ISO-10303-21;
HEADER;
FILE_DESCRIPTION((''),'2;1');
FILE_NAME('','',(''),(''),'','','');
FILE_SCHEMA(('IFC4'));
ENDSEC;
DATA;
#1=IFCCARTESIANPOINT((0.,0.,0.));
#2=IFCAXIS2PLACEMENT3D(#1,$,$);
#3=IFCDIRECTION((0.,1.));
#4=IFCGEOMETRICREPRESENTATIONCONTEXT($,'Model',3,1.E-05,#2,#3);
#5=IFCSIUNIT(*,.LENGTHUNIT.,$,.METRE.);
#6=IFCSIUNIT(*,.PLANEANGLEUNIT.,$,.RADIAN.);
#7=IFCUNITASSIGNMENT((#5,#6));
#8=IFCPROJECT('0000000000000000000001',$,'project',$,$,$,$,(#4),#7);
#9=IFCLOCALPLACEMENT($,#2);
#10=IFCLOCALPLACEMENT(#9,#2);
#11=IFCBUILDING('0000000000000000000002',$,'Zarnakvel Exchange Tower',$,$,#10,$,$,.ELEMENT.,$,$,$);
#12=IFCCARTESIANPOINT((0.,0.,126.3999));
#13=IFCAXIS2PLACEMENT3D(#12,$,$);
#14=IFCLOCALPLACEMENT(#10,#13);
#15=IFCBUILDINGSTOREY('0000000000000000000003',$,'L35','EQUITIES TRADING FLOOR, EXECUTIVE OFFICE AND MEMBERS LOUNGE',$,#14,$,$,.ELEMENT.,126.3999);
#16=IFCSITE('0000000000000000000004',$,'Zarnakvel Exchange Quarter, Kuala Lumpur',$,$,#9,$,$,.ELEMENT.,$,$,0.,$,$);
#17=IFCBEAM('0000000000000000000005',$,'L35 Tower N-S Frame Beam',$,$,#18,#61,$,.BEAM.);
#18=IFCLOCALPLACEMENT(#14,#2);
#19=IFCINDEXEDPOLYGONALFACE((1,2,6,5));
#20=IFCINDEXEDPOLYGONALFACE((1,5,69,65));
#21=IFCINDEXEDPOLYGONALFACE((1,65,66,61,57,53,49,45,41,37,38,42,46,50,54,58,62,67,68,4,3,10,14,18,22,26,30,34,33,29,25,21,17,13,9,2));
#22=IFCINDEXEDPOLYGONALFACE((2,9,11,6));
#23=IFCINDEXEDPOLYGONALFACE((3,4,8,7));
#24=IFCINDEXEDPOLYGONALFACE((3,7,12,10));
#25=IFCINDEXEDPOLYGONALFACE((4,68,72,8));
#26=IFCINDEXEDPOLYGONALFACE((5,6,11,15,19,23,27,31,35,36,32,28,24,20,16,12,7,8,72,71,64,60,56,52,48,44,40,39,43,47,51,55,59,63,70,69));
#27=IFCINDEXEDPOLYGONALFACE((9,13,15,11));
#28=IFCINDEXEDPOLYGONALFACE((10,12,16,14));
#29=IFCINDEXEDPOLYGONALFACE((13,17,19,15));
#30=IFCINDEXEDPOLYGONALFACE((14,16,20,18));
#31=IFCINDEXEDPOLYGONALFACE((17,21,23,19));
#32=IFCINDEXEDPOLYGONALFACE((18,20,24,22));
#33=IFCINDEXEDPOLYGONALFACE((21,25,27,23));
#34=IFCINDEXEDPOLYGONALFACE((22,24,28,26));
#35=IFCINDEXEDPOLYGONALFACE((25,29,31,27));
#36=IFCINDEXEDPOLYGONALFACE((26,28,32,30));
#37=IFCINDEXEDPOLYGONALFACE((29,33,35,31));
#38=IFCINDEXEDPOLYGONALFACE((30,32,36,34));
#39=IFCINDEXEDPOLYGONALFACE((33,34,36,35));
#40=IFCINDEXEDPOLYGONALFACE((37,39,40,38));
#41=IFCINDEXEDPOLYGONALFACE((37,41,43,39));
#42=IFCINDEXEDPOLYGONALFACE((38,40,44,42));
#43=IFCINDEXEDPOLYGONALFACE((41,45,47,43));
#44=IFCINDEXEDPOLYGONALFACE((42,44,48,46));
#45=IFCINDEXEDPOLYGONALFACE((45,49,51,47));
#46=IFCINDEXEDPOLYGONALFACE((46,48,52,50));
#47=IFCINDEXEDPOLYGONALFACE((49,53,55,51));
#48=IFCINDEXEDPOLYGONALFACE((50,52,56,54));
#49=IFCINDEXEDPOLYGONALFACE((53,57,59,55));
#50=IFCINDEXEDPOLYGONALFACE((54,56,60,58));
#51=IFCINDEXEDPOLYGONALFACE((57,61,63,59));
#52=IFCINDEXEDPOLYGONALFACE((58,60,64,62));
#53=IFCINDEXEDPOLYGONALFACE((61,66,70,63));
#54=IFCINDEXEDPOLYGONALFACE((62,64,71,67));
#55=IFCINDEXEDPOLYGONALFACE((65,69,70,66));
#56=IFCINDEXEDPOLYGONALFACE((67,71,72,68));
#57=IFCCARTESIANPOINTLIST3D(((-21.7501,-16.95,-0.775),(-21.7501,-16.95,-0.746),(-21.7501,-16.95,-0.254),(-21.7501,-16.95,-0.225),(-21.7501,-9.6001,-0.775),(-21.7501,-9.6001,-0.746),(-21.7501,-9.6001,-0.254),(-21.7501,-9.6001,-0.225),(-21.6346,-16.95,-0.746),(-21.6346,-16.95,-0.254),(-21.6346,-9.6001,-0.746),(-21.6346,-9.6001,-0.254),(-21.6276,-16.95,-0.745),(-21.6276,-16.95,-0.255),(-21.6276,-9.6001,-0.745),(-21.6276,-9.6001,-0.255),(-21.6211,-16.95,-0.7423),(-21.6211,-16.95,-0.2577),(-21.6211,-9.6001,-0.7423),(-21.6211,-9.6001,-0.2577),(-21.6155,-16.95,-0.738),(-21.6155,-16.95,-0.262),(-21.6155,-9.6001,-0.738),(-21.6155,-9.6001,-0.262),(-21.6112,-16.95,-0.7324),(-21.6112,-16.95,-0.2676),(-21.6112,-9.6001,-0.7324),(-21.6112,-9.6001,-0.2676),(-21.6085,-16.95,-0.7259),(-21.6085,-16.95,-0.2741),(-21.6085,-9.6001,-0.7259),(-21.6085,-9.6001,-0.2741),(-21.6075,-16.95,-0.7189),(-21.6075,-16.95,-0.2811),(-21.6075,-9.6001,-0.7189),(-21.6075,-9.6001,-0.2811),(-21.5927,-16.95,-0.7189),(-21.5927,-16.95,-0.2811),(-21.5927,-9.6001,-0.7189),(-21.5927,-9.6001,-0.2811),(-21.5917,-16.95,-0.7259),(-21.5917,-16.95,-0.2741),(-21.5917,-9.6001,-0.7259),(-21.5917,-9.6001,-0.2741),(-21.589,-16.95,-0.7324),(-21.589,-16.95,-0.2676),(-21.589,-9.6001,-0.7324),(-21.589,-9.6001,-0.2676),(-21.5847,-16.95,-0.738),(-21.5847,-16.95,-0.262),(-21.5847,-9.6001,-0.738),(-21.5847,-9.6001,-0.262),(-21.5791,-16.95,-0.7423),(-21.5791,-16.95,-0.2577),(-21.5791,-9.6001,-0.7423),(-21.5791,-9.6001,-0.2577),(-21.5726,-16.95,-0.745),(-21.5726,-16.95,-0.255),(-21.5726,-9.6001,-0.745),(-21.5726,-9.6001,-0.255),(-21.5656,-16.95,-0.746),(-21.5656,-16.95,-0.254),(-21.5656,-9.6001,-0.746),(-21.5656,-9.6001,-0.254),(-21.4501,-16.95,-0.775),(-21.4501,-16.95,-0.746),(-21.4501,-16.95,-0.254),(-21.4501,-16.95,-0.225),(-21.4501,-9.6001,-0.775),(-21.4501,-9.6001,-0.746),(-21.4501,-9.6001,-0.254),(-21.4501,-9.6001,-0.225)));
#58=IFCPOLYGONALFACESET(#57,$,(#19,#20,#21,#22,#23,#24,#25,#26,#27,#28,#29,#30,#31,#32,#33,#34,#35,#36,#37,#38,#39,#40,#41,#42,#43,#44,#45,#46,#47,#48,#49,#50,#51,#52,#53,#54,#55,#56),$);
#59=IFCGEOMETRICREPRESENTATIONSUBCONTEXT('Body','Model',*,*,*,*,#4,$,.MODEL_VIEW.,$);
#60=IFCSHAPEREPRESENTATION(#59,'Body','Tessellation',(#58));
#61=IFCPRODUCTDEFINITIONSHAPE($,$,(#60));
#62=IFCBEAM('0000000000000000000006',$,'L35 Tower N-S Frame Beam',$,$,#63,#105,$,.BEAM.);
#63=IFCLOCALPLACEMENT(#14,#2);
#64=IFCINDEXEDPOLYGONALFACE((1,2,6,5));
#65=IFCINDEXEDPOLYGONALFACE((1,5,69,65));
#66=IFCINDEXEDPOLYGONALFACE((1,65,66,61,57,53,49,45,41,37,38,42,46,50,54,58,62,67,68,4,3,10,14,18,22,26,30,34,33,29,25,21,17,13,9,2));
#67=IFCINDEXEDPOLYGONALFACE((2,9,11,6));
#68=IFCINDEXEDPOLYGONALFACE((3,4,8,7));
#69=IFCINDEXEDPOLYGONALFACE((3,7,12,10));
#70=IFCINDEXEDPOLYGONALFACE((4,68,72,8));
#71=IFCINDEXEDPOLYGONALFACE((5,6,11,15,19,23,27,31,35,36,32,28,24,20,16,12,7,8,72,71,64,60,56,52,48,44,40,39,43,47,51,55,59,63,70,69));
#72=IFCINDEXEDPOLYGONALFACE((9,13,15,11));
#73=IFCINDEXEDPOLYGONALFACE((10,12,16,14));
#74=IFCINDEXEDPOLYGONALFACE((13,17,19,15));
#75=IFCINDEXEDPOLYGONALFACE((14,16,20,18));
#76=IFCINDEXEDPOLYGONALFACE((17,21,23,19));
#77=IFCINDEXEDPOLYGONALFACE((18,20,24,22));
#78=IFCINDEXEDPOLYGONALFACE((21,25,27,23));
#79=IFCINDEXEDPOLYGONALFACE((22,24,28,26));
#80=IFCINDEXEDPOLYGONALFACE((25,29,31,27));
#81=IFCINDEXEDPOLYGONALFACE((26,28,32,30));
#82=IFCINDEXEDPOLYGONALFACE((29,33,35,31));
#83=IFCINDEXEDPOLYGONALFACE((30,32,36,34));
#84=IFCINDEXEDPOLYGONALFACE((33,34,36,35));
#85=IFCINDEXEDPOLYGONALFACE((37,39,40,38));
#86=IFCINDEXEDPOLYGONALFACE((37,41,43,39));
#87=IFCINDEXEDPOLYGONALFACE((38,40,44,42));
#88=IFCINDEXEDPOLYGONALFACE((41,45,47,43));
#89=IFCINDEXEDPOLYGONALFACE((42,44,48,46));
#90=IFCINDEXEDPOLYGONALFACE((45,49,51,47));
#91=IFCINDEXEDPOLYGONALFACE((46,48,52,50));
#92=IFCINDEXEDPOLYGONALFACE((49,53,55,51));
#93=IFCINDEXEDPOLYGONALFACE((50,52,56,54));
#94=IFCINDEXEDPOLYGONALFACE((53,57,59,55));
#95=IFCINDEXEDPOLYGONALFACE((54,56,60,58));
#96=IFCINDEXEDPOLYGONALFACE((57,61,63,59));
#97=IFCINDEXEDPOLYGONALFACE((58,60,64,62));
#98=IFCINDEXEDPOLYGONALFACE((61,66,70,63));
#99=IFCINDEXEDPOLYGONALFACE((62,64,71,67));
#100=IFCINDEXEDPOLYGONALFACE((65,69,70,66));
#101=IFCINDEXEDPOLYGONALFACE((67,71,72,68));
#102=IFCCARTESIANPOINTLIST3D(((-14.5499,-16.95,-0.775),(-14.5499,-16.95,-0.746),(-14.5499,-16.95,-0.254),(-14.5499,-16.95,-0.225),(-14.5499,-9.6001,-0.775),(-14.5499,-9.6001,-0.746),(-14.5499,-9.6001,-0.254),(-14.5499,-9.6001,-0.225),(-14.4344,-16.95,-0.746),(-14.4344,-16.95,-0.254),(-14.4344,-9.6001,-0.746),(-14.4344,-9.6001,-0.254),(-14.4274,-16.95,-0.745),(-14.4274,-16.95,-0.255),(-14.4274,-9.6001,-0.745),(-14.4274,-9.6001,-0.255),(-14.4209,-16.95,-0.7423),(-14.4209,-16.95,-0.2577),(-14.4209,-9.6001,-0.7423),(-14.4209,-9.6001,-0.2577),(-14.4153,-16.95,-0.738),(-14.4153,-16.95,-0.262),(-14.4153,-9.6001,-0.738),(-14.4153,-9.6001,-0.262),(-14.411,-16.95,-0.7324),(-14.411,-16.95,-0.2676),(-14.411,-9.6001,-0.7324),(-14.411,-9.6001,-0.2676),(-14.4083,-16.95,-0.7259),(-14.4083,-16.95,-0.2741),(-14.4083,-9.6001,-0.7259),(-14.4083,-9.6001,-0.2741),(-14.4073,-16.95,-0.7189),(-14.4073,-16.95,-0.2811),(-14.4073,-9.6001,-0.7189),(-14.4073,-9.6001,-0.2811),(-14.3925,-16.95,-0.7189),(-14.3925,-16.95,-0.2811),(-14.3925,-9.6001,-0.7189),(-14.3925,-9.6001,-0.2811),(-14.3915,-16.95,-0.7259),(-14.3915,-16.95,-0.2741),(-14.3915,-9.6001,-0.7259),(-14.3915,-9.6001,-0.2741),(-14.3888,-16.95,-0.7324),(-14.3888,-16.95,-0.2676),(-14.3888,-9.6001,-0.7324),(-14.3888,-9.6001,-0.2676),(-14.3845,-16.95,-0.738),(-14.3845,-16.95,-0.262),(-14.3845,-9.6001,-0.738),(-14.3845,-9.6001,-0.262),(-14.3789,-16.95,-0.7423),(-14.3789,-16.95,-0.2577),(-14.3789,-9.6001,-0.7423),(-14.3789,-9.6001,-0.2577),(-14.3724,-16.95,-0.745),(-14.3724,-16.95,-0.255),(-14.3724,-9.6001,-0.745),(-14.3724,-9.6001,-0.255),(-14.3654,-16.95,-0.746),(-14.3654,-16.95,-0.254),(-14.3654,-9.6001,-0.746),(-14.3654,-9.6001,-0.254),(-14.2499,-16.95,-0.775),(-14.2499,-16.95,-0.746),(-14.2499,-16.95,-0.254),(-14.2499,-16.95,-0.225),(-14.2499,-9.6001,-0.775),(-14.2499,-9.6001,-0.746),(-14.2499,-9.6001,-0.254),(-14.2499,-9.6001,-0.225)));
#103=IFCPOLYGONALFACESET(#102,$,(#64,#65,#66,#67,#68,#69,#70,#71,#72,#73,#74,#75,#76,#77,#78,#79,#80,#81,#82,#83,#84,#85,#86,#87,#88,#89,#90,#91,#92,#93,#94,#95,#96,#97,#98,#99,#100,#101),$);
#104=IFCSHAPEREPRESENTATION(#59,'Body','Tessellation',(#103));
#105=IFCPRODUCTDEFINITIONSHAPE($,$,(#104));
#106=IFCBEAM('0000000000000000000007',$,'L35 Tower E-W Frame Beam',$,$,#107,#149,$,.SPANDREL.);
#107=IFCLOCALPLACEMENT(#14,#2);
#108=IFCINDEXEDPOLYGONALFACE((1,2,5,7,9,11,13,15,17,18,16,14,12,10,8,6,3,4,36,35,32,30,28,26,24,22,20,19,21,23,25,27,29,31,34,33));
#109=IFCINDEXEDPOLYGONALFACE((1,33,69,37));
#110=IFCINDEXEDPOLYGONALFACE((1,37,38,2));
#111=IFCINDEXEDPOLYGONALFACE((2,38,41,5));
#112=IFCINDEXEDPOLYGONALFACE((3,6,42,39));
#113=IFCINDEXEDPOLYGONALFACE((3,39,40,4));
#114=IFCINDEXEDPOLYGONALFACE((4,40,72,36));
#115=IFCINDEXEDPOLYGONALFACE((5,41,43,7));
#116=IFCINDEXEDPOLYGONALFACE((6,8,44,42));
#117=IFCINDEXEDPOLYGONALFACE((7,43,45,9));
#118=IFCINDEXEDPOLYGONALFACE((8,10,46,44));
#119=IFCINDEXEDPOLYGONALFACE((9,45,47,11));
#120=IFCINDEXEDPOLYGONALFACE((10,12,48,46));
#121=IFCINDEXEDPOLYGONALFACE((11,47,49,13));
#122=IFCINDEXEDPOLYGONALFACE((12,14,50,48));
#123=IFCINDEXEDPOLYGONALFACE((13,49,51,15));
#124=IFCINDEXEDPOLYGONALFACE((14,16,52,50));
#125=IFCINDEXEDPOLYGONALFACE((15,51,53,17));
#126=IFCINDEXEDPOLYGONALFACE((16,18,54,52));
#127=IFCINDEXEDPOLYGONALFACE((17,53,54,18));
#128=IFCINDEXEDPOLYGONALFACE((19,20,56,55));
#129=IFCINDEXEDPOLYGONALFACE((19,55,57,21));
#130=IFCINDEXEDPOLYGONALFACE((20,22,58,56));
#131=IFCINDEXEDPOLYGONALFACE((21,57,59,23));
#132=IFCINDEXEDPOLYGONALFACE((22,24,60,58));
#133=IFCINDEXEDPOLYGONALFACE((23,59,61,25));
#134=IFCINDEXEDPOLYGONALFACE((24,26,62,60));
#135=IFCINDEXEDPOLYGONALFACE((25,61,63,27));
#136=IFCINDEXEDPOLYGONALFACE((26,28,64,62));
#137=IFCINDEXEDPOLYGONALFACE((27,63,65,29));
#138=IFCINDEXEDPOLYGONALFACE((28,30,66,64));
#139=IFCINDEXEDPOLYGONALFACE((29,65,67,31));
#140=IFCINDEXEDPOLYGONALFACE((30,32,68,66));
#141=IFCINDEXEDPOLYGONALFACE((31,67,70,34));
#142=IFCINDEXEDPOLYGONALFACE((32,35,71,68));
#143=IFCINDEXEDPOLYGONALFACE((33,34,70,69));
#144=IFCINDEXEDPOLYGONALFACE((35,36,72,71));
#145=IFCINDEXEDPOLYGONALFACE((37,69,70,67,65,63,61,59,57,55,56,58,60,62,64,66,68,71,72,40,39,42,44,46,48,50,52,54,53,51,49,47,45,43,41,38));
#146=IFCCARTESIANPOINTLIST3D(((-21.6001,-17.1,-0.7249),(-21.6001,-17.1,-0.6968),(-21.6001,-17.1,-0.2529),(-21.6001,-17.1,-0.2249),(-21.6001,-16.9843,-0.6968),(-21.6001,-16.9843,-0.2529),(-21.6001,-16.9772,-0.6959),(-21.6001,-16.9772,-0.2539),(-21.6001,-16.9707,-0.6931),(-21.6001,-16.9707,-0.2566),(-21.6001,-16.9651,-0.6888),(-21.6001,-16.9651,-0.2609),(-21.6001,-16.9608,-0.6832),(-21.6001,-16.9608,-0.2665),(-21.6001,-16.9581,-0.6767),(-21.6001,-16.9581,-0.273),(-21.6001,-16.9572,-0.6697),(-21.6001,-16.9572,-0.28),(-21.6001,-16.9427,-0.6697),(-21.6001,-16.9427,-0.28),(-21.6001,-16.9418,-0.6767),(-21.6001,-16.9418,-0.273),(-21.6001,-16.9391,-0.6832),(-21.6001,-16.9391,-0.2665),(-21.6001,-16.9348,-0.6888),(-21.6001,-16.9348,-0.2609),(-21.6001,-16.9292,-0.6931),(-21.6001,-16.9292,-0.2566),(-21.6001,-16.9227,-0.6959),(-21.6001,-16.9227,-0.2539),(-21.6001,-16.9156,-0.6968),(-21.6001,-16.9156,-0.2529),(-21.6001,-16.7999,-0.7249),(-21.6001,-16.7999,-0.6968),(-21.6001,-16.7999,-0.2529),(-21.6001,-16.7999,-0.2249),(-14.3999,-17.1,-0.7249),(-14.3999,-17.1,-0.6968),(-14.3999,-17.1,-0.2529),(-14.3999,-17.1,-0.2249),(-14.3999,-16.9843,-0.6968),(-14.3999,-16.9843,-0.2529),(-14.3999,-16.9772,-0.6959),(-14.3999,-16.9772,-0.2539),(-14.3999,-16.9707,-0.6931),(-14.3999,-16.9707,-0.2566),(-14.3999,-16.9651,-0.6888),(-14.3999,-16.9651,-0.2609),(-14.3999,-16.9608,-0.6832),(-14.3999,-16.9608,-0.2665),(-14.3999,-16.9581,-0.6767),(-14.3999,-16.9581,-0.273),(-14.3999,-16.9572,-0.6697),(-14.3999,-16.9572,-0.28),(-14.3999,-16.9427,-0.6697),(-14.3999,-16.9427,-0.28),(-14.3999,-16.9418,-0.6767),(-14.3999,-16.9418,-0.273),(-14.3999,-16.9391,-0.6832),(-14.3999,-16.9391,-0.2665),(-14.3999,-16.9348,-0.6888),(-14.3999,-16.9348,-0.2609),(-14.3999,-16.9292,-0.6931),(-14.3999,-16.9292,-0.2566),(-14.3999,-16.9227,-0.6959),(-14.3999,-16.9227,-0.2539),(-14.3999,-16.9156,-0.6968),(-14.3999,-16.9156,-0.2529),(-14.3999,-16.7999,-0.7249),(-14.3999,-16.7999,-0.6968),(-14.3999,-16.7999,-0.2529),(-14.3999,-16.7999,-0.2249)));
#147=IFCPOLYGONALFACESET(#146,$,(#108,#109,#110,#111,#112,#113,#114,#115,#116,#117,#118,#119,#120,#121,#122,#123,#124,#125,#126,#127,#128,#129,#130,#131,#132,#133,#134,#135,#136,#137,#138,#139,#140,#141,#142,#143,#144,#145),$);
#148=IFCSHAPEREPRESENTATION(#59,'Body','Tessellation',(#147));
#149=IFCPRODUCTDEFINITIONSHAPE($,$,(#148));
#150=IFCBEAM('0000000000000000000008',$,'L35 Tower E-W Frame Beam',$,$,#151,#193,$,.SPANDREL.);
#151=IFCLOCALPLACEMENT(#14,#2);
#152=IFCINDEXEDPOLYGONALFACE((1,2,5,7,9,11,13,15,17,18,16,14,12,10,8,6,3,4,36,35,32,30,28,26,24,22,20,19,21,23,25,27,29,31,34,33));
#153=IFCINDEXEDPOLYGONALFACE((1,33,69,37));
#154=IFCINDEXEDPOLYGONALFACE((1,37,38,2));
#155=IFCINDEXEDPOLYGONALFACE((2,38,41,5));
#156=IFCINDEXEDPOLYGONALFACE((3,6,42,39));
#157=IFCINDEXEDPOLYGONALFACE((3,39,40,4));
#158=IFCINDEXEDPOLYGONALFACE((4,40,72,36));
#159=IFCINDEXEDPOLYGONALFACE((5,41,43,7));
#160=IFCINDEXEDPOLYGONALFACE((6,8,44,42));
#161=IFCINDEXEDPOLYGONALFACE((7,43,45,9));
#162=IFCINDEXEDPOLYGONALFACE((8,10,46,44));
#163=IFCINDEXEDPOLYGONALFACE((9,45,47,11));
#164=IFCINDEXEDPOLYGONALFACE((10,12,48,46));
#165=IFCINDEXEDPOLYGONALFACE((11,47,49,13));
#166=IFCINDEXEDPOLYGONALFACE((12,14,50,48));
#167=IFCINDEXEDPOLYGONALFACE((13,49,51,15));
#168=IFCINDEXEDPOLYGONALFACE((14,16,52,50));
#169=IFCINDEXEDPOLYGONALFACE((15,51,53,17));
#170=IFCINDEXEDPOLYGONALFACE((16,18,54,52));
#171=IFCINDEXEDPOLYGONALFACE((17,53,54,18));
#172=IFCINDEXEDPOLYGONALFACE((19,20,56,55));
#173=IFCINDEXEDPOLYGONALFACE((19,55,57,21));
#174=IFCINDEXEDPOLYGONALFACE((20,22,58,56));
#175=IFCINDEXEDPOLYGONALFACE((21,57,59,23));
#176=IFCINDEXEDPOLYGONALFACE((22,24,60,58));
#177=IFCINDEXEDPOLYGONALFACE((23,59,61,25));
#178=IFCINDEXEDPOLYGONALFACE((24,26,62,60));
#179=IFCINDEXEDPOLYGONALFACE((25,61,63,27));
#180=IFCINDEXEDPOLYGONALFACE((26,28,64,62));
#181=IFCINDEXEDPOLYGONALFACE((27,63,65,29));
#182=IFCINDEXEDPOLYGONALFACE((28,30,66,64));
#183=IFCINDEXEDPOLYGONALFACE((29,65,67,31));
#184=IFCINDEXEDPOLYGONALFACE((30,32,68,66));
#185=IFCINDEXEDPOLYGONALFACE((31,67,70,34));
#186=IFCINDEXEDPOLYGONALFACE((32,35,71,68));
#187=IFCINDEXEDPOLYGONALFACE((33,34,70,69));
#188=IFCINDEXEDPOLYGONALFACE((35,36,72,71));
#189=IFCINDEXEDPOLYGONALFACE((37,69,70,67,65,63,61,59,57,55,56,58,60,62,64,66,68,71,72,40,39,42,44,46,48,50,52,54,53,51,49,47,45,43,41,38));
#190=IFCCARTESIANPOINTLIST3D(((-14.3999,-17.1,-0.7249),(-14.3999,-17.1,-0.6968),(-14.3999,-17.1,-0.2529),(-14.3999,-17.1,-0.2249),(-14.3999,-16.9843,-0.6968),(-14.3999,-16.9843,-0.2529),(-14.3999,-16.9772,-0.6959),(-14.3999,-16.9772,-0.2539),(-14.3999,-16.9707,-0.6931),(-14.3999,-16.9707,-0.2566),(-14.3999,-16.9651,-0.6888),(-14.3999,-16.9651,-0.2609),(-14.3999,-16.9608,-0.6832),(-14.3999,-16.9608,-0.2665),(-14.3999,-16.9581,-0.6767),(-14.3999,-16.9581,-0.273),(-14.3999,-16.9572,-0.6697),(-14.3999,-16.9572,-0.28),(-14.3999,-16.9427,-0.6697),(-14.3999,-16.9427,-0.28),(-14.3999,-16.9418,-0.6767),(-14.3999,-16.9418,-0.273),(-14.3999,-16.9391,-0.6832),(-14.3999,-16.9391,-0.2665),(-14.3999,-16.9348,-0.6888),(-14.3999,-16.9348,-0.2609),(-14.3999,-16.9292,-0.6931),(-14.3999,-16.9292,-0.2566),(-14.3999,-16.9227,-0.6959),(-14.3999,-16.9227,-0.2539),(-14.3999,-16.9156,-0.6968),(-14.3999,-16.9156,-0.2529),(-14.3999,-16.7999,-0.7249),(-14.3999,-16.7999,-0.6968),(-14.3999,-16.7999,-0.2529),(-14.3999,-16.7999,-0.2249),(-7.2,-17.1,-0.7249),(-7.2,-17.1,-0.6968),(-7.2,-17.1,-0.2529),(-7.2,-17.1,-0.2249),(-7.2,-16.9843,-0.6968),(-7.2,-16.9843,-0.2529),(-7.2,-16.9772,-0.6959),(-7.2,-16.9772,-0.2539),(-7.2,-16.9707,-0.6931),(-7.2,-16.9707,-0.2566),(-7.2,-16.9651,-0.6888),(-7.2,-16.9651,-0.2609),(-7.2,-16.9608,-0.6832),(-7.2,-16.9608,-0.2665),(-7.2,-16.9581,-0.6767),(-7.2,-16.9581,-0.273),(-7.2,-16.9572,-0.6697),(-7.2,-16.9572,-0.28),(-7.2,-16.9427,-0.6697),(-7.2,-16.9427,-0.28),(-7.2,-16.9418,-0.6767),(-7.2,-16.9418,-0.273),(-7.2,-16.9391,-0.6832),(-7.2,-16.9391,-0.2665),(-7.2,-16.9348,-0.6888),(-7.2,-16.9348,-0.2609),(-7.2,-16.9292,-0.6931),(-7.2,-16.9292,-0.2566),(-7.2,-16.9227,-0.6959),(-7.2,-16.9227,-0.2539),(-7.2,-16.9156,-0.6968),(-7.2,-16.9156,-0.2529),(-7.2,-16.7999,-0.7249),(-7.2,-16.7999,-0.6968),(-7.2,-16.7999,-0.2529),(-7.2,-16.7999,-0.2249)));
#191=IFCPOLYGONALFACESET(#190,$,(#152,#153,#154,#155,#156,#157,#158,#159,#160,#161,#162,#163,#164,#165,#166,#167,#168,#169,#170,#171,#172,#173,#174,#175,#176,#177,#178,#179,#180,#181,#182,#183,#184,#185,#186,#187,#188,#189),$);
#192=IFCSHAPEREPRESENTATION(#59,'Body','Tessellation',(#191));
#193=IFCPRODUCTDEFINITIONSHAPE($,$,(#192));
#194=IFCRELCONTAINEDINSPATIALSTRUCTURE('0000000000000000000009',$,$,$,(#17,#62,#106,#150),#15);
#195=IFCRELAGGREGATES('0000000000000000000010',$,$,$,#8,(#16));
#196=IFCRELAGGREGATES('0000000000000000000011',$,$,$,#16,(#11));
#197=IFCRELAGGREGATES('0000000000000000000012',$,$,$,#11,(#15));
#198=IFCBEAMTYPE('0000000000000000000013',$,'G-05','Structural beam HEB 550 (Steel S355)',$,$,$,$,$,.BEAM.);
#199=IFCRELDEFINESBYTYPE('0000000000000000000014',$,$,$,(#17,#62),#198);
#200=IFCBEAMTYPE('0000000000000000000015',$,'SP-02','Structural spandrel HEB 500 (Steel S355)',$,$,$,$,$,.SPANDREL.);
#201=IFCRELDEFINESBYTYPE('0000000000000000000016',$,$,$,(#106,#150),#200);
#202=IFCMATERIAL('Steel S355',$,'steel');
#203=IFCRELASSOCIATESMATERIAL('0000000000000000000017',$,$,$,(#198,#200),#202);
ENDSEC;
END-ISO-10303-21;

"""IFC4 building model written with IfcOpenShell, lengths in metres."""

from ifc_helpers import new_model, si_unit, direction, frame, origin, origin_2d, place, context, subcontext, project, spatial, i_section, extrude, material, material_profile, profile_set, type_object, element, save


model = new_model("IFC4")

# Units and contexts
model_context = context("Model", 3, precision=1e-05, world=origin(), true_north=direction((0.0, 1.0)))
body_context = subcontext(model_context, "Body", "Model", "MODEL_VIEW")
ifc_project = project(units=[si_unit("LENGTHUNIT", "METRE"), si_unit("PLANEANGLEUNIT", "RADIAN")], contexts=[model_context])

# Site, building, storey
site_placement = place(None, origin())
site = spatial("IfcSite", under=ifc_project, at=site_placement, Name="Zarnakvel Exchange Quarter, Kuala Lumpur", CompositionType="ELEMENT", RefElevation=0.0)
building_placement = place(site_placement, origin())
building = spatial("IfcBuilding", under=site, at=building_placement, Name="Zarnakvel Exchange Tower", CompositionType="ELEMENT")
storey_placement = place(building_placement, frame((0.0, 0.0, 126.3999)))
storey = spatial("IfcBuildingStorey", under=building, at=storey_placement, Name="L35", Description="EQUITIES TRADING FLOOR, EXECUTIVE OFFICE AND MEMBERS LOUNGE", CompositionType="ELEMENT", Elevation=126.3999)

# Shared definitions
ifc_material_1 = material(Name="Steel S355", Category="steel")

# Beams
ifc_material_profile_1 = material_profile(ifc_material_1, i_section(OverallWidth=0.3, OverallDepth=0.55, WebThickness=0.0149, FlangeThickness=0.0291, FilletRadius=0.0271, at=origin_2d()))
ifc_profile_set_1 = profile_set([ifc_material_profile_1], Name="Steel S355")
beam_type_1 = type_object("IfcBeamType", Name="G-05", Description="Structural beam HEB 550 (Steel S355)", PredefinedType="BEAM", material=ifc_profile_set_1)
for number, where, z_axis, x_axis, name in (
    (1, (-21.6001, -16.95, -0.5), (0.0, 1.0, 0.0), (-1.0, 0.0, 0.0), "L35 Tower N-S Frame Beam"),
    (2, (-14.3999, -16.95, -0.5), (0.0, 1.0, 0.0), (-1.0, 0.0, 0.0), "L35 Tower N-S Frame Beam"),
):
    element("IfcBeam", number, at=place(storey_placement, frame(where, z_axis=z_axis, x_axis=x_axis)), inside=storey, type_object=beam_type_1, Name=name, PredefinedType="BEAM", context=body_context, shape_type="SweptSolid", body=[
        extrude(i_section(OverallWidth=0.3, OverallDepth=0.55, WebThickness=0.0149, FlangeThickness=0.0291, FilletRadius=0.0271, at=origin_2d()), origin(), (0.0, 0.0, 1.0), 7.3499),
    ])
ifc_material_profile_2 = material_profile(ifc_material_1, i_section(OverallWidth=0.3, OverallDepth=0.5, WebThickness=0.0144, FlangeThickness=0.0281, FilletRadius=0.0271, at=origin_2d()))
ifc_profile_set_2 = profile_set([ifc_material_profile_2], Name="Steel S355")
beam_type_2 = type_object("IfcBeamType", Name="SP-02", Description="Structural spandrel HEB 500 (Steel S355)", PredefinedType="SPANDREL", material=ifc_profile_set_2)
beam_1_placement = place(storey_placement, frame((-21.6001, -16.95, -0.4749), z_axis=(1.0, 0.0, 0.0), x_axis=(0.0, 1.0, 0.0)))
element("IfcBeam", 3, at=beam_1_placement, inside=storey, type_object=beam_type_2, Name="L35 Tower E-W Frame Beam", PredefinedType="SPANDREL", context=body_context, shape_type="SweptSolid", body=[
    extrude(i_section(OverallWidth=0.3, OverallDepth=0.5, WebThickness=0.0144, FlangeThickness=0.0281, FilletRadius=0.0271, at=origin_2d()), origin(), (0.0, 0.0, 1.0), 7.2002),
])
beam_2_placement = place(storey_placement, frame((-14.3999, -16.95, -0.4749), z_axis=(1.0, 0.0, 0.0), x_axis=(0.0, 1.0, 0.0)))
element("IfcBeam", 4, at=beam_2_placement, inside=storey, type_object=beam_type_2, Name="L35 Tower E-W Frame Beam", PredefinedType="SPANDREL", context=body_context, shape_type="SweptSolid", body=[
    extrude(i_section(OverallWidth=0.3, OverallDepth=0.5, WebThickness=0.0144, FlangeThickness=0.0281, FilletRadius=0.0271, at=origin_2d()), origin(), (0.0, 0.0, 1.0), 7.2),
])

save(model, "model.ifc")
